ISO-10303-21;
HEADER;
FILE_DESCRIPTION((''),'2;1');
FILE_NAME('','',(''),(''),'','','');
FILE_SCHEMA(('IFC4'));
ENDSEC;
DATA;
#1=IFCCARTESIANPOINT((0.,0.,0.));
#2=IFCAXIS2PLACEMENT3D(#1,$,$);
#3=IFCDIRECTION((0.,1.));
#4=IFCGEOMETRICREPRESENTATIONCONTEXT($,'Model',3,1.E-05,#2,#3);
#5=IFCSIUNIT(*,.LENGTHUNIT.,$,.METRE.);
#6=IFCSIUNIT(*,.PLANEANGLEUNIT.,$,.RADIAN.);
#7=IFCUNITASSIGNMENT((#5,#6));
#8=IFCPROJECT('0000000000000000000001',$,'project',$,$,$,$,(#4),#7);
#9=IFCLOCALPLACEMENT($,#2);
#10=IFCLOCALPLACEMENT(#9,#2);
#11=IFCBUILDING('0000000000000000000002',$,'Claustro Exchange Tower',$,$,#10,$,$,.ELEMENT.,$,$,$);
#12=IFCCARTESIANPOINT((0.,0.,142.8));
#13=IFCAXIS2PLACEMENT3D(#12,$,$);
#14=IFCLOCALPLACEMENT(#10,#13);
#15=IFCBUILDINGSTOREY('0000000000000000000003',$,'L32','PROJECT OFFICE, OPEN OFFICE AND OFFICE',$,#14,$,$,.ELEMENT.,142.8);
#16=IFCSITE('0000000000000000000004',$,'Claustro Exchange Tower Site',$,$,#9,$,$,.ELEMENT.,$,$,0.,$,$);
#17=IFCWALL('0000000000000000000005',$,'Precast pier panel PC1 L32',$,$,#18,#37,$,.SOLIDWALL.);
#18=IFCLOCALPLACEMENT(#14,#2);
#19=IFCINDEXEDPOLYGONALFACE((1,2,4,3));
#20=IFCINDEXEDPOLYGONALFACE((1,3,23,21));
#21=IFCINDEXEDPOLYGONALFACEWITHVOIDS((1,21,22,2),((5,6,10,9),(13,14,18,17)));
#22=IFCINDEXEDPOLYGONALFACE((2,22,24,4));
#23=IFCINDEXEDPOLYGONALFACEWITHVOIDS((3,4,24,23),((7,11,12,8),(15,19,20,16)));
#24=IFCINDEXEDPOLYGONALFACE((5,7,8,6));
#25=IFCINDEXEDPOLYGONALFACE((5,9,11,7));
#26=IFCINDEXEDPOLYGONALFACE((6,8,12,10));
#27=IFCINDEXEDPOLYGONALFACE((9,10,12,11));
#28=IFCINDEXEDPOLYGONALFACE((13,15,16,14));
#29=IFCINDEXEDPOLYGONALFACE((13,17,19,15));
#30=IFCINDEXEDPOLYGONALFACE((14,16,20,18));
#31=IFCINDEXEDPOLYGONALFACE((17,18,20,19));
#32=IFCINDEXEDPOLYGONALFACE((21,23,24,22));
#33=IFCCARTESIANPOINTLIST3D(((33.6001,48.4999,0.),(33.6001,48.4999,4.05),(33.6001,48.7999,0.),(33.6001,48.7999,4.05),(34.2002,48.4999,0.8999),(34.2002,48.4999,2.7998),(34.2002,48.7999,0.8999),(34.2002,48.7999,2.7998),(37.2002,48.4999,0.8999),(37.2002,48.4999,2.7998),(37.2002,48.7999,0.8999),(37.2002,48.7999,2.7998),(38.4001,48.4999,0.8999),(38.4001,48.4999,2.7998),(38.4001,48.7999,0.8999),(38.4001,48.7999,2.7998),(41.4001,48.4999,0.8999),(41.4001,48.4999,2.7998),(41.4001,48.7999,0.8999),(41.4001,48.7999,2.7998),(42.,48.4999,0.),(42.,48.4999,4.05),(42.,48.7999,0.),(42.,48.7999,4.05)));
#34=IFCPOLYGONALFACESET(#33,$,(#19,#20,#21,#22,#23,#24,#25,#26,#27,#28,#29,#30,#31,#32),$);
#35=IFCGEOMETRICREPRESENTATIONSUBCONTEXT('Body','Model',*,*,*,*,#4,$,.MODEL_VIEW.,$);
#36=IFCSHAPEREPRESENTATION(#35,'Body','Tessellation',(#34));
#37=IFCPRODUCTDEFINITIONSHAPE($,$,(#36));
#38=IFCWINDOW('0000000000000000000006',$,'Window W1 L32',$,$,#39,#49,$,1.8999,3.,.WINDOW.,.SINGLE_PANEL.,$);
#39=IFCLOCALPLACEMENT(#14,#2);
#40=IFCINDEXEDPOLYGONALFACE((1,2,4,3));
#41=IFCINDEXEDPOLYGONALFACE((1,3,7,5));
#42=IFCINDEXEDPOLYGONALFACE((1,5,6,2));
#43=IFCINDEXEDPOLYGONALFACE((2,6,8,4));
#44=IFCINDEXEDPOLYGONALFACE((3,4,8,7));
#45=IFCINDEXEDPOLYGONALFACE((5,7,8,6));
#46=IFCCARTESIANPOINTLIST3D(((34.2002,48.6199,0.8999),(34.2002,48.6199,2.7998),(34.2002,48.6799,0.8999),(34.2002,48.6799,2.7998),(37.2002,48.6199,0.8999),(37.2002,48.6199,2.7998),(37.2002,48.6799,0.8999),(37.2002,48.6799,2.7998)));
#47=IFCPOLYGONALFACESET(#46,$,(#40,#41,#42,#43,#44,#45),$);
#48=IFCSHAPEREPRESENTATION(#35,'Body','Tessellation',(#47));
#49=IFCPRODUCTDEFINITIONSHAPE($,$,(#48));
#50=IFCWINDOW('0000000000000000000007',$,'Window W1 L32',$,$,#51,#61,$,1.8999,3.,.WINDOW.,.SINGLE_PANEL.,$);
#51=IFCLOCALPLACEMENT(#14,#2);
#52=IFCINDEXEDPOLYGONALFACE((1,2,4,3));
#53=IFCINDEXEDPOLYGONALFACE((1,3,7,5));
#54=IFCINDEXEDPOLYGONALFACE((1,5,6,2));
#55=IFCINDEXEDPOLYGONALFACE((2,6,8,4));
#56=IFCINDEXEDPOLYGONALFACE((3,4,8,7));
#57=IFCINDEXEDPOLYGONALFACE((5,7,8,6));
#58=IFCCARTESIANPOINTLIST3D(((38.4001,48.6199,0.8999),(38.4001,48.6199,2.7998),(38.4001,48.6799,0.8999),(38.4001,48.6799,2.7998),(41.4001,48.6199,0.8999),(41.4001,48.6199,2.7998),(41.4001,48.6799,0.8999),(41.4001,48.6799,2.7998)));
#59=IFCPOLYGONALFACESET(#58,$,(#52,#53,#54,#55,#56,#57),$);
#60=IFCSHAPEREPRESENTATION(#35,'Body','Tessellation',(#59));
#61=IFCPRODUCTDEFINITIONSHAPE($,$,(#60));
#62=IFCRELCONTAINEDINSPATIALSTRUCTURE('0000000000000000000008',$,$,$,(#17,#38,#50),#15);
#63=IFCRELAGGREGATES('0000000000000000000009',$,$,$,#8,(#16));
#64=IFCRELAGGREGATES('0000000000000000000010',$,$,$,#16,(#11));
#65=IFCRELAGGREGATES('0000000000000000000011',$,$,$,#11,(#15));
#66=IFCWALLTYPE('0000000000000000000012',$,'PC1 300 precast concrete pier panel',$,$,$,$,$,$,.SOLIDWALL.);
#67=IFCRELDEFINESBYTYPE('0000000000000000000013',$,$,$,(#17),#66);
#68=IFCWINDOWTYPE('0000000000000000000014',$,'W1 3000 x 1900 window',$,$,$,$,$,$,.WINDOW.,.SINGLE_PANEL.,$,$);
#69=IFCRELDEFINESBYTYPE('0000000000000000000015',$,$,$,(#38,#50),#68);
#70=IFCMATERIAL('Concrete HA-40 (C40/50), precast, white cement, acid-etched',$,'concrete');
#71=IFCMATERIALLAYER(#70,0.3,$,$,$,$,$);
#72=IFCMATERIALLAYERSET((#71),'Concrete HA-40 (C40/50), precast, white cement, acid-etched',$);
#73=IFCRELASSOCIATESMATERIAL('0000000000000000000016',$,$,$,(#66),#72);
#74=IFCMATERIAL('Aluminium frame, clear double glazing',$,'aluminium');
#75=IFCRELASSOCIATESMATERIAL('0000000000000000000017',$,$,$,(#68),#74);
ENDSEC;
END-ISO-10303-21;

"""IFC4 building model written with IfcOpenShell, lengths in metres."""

from ifc_helpers import new_model, si_unit, direction, frame, frame_2d, origin, place, context, subcontext, project, spatial, rectangle, extrude, material, layer, layer_set, type_object, element, fill, save


model = new_model("IFC4")

# Units and contexts
model_context = context("Model", 3, precision=1e-05, world=origin(), true_north=direction((0.0, 1.0)))
body_context = subcontext(model_context, "Body", "Model", "MODEL_VIEW")
ifc_project = project(units=[si_unit("LENGTHUNIT", "METRE"), si_unit("PLANEANGLEUNIT", "RADIAN")], contexts=[model_context])

# Site, building, storey
site_placement = place(None, origin())
site = spatial("IfcSite", under=ifc_project, at=site_placement, Name="Claustro Exchange Tower Site", CompositionType="ELEMENT", RefElevation=0.0)
building_placement = place(site_placement, origin())
building = spatial("IfcBuilding", under=site, at=building_placement, Name="Claustro Exchange Tower", CompositionType="ELEMENT")
storey_placement = place(building_placement, frame((0.0, 0.0, 142.8)))
storey = spatial("IfcBuildingStorey", under=building, at=storey_placement, Name="L32", Description="PROJECT OFFICE, OPEN OFFICE AND OFFICE", CompositionType="ELEMENT", Elevation=142.8)

# Wall, openings, windows
ifc_material_1 = material(Name="Concrete HA-40 (C40/50), precast, white cement, acid-etched", Category="concrete")
ifc_layer_1 = layer(ifc_material_1, 0.3)
ifc_layer_set_1 = layer_set([ifc_layer_1], Name="Concrete HA-40 (C40/50), precast, white cement, acid-etched")
wall_type_1 = type_object("IfcWallType", Name="PC1 300 precast concrete pier panel", PredefinedType="SOLIDWALL", material=ifc_layer_set_1)
ifc_material_2 = material(Name="Aluminium frame, clear double glazing", Category="aluminium")
window_type = type_object("IfcWindowType", Name="W1 3000 x 1900 window", PartitioningType="SINGLE_PANEL", PredefinedType="WINDOW", material=ifc_material_2)
wall_1_placement = place(storey_placement, frame((33.6001, 48.6499, 0.0), z_axis=(0.0, 0.0, 1.0), x_axis=(1.0, 0.0, 0.0)))
wall_1 = element("IfcWall", 1, at=wall_1_placement, inside=storey, type_object=wall_type_1, Name="Precast pier panel PC1 L32", PredefinedType="SOLIDWALL", context=body_context, shape_type="SweptSolid", body=[
    extrude(rectangle(XDim=8.3999, YDim=0.3, at=frame_2d((4.2, 0.0))), origin(), (0.0, 0.0, 1.0), 4.05),
])
opening_1_placement = place(wall_1_placement, frame((0.6001, 0.0, 0.8999)))
opening_1 = element("IfcOpeningElement", 2, at=opening_1_placement, cuts=wall_1, PredefinedType="OPENING", context=body_context, shape_type="SweptSolid", body=[
    extrude(rectangle(XDim=3.0, YDim=1.8999, at=frame_2d((1.5, 0.95))), frame((0.0, 0.1599, 0.0), z_axis=(0.0, -1.0, 0.0), x_axis=(1.0, 0.0, 0.0)), (0.0, 0.0, 1.0), 0.3201),
])
opening_2_placement = place(wall_1_placement, frame((4.8, 0.0, 0.8999)))
opening_2 = element("IfcOpeningElement", 3, at=opening_2_placement, cuts=wall_1, PredefinedType="OPENING", context=body_context, shape_type="SweptSolid", body=[
    extrude(rectangle(XDim=3.0, YDim=1.8999, at=frame_2d((1.5, 0.95))), frame((0.0, 0.1599, 0.0), z_axis=(0.0, -1.0, 0.0), x_axis=(1.0, 0.0, 0.0)), (0.0, 0.0, 1.0), 0.3201),
])
window_1_placement = place(opening_1_placement, origin())
window_1 = element("IfcWindow", 4, at=window_1_placement, inside=storey, type_object=window_type, Name="Window W1 L32", OverallHeight=1.8999, OverallWidth=3.0, PartitioningType="SINGLE_PANEL", PredefinedType="WINDOW", context=body_context, shape_type="SweptSolid", body=[
    extrude(rectangle(XDim=3.0, YDim=1.8999, at=frame_2d((1.5, 0.95))), frame((0.0, 0.03, 0.0), z_axis=(0.0, -1.0, 0.0), x_axis=(1.0, 0.0, 0.0)), (0.0, 0.0, 1.0), 0.0601),
])
fill(opening_1, window_1)
window_2_placement = place(opening_2_placement, origin())
window_2 = element("IfcWindow", 5, at=window_2_placement, inside=storey, type_object=window_type, Name="Window W1 L32", OverallHeight=1.8999, OverallWidth=3.0, PartitioningType="SINGLE_PANEL", PredefinedType="WINDOW", context=body_context, shape_type="SweptSolid", body=[
    extrude(rectangle(XDim=3.0, YDim=1.8999, at=frame_2d((1.5, 0.95))), frame((0.0, 0.03, 0.0), z_axis=(0.0, -1.0, 0.0), x_axis=(1.0, 0.0, 0.0)), (0.0, 0.0, 1.0), 0.0601),
])
fill(opening_2, window_2)

save(model, "model.ifc")
